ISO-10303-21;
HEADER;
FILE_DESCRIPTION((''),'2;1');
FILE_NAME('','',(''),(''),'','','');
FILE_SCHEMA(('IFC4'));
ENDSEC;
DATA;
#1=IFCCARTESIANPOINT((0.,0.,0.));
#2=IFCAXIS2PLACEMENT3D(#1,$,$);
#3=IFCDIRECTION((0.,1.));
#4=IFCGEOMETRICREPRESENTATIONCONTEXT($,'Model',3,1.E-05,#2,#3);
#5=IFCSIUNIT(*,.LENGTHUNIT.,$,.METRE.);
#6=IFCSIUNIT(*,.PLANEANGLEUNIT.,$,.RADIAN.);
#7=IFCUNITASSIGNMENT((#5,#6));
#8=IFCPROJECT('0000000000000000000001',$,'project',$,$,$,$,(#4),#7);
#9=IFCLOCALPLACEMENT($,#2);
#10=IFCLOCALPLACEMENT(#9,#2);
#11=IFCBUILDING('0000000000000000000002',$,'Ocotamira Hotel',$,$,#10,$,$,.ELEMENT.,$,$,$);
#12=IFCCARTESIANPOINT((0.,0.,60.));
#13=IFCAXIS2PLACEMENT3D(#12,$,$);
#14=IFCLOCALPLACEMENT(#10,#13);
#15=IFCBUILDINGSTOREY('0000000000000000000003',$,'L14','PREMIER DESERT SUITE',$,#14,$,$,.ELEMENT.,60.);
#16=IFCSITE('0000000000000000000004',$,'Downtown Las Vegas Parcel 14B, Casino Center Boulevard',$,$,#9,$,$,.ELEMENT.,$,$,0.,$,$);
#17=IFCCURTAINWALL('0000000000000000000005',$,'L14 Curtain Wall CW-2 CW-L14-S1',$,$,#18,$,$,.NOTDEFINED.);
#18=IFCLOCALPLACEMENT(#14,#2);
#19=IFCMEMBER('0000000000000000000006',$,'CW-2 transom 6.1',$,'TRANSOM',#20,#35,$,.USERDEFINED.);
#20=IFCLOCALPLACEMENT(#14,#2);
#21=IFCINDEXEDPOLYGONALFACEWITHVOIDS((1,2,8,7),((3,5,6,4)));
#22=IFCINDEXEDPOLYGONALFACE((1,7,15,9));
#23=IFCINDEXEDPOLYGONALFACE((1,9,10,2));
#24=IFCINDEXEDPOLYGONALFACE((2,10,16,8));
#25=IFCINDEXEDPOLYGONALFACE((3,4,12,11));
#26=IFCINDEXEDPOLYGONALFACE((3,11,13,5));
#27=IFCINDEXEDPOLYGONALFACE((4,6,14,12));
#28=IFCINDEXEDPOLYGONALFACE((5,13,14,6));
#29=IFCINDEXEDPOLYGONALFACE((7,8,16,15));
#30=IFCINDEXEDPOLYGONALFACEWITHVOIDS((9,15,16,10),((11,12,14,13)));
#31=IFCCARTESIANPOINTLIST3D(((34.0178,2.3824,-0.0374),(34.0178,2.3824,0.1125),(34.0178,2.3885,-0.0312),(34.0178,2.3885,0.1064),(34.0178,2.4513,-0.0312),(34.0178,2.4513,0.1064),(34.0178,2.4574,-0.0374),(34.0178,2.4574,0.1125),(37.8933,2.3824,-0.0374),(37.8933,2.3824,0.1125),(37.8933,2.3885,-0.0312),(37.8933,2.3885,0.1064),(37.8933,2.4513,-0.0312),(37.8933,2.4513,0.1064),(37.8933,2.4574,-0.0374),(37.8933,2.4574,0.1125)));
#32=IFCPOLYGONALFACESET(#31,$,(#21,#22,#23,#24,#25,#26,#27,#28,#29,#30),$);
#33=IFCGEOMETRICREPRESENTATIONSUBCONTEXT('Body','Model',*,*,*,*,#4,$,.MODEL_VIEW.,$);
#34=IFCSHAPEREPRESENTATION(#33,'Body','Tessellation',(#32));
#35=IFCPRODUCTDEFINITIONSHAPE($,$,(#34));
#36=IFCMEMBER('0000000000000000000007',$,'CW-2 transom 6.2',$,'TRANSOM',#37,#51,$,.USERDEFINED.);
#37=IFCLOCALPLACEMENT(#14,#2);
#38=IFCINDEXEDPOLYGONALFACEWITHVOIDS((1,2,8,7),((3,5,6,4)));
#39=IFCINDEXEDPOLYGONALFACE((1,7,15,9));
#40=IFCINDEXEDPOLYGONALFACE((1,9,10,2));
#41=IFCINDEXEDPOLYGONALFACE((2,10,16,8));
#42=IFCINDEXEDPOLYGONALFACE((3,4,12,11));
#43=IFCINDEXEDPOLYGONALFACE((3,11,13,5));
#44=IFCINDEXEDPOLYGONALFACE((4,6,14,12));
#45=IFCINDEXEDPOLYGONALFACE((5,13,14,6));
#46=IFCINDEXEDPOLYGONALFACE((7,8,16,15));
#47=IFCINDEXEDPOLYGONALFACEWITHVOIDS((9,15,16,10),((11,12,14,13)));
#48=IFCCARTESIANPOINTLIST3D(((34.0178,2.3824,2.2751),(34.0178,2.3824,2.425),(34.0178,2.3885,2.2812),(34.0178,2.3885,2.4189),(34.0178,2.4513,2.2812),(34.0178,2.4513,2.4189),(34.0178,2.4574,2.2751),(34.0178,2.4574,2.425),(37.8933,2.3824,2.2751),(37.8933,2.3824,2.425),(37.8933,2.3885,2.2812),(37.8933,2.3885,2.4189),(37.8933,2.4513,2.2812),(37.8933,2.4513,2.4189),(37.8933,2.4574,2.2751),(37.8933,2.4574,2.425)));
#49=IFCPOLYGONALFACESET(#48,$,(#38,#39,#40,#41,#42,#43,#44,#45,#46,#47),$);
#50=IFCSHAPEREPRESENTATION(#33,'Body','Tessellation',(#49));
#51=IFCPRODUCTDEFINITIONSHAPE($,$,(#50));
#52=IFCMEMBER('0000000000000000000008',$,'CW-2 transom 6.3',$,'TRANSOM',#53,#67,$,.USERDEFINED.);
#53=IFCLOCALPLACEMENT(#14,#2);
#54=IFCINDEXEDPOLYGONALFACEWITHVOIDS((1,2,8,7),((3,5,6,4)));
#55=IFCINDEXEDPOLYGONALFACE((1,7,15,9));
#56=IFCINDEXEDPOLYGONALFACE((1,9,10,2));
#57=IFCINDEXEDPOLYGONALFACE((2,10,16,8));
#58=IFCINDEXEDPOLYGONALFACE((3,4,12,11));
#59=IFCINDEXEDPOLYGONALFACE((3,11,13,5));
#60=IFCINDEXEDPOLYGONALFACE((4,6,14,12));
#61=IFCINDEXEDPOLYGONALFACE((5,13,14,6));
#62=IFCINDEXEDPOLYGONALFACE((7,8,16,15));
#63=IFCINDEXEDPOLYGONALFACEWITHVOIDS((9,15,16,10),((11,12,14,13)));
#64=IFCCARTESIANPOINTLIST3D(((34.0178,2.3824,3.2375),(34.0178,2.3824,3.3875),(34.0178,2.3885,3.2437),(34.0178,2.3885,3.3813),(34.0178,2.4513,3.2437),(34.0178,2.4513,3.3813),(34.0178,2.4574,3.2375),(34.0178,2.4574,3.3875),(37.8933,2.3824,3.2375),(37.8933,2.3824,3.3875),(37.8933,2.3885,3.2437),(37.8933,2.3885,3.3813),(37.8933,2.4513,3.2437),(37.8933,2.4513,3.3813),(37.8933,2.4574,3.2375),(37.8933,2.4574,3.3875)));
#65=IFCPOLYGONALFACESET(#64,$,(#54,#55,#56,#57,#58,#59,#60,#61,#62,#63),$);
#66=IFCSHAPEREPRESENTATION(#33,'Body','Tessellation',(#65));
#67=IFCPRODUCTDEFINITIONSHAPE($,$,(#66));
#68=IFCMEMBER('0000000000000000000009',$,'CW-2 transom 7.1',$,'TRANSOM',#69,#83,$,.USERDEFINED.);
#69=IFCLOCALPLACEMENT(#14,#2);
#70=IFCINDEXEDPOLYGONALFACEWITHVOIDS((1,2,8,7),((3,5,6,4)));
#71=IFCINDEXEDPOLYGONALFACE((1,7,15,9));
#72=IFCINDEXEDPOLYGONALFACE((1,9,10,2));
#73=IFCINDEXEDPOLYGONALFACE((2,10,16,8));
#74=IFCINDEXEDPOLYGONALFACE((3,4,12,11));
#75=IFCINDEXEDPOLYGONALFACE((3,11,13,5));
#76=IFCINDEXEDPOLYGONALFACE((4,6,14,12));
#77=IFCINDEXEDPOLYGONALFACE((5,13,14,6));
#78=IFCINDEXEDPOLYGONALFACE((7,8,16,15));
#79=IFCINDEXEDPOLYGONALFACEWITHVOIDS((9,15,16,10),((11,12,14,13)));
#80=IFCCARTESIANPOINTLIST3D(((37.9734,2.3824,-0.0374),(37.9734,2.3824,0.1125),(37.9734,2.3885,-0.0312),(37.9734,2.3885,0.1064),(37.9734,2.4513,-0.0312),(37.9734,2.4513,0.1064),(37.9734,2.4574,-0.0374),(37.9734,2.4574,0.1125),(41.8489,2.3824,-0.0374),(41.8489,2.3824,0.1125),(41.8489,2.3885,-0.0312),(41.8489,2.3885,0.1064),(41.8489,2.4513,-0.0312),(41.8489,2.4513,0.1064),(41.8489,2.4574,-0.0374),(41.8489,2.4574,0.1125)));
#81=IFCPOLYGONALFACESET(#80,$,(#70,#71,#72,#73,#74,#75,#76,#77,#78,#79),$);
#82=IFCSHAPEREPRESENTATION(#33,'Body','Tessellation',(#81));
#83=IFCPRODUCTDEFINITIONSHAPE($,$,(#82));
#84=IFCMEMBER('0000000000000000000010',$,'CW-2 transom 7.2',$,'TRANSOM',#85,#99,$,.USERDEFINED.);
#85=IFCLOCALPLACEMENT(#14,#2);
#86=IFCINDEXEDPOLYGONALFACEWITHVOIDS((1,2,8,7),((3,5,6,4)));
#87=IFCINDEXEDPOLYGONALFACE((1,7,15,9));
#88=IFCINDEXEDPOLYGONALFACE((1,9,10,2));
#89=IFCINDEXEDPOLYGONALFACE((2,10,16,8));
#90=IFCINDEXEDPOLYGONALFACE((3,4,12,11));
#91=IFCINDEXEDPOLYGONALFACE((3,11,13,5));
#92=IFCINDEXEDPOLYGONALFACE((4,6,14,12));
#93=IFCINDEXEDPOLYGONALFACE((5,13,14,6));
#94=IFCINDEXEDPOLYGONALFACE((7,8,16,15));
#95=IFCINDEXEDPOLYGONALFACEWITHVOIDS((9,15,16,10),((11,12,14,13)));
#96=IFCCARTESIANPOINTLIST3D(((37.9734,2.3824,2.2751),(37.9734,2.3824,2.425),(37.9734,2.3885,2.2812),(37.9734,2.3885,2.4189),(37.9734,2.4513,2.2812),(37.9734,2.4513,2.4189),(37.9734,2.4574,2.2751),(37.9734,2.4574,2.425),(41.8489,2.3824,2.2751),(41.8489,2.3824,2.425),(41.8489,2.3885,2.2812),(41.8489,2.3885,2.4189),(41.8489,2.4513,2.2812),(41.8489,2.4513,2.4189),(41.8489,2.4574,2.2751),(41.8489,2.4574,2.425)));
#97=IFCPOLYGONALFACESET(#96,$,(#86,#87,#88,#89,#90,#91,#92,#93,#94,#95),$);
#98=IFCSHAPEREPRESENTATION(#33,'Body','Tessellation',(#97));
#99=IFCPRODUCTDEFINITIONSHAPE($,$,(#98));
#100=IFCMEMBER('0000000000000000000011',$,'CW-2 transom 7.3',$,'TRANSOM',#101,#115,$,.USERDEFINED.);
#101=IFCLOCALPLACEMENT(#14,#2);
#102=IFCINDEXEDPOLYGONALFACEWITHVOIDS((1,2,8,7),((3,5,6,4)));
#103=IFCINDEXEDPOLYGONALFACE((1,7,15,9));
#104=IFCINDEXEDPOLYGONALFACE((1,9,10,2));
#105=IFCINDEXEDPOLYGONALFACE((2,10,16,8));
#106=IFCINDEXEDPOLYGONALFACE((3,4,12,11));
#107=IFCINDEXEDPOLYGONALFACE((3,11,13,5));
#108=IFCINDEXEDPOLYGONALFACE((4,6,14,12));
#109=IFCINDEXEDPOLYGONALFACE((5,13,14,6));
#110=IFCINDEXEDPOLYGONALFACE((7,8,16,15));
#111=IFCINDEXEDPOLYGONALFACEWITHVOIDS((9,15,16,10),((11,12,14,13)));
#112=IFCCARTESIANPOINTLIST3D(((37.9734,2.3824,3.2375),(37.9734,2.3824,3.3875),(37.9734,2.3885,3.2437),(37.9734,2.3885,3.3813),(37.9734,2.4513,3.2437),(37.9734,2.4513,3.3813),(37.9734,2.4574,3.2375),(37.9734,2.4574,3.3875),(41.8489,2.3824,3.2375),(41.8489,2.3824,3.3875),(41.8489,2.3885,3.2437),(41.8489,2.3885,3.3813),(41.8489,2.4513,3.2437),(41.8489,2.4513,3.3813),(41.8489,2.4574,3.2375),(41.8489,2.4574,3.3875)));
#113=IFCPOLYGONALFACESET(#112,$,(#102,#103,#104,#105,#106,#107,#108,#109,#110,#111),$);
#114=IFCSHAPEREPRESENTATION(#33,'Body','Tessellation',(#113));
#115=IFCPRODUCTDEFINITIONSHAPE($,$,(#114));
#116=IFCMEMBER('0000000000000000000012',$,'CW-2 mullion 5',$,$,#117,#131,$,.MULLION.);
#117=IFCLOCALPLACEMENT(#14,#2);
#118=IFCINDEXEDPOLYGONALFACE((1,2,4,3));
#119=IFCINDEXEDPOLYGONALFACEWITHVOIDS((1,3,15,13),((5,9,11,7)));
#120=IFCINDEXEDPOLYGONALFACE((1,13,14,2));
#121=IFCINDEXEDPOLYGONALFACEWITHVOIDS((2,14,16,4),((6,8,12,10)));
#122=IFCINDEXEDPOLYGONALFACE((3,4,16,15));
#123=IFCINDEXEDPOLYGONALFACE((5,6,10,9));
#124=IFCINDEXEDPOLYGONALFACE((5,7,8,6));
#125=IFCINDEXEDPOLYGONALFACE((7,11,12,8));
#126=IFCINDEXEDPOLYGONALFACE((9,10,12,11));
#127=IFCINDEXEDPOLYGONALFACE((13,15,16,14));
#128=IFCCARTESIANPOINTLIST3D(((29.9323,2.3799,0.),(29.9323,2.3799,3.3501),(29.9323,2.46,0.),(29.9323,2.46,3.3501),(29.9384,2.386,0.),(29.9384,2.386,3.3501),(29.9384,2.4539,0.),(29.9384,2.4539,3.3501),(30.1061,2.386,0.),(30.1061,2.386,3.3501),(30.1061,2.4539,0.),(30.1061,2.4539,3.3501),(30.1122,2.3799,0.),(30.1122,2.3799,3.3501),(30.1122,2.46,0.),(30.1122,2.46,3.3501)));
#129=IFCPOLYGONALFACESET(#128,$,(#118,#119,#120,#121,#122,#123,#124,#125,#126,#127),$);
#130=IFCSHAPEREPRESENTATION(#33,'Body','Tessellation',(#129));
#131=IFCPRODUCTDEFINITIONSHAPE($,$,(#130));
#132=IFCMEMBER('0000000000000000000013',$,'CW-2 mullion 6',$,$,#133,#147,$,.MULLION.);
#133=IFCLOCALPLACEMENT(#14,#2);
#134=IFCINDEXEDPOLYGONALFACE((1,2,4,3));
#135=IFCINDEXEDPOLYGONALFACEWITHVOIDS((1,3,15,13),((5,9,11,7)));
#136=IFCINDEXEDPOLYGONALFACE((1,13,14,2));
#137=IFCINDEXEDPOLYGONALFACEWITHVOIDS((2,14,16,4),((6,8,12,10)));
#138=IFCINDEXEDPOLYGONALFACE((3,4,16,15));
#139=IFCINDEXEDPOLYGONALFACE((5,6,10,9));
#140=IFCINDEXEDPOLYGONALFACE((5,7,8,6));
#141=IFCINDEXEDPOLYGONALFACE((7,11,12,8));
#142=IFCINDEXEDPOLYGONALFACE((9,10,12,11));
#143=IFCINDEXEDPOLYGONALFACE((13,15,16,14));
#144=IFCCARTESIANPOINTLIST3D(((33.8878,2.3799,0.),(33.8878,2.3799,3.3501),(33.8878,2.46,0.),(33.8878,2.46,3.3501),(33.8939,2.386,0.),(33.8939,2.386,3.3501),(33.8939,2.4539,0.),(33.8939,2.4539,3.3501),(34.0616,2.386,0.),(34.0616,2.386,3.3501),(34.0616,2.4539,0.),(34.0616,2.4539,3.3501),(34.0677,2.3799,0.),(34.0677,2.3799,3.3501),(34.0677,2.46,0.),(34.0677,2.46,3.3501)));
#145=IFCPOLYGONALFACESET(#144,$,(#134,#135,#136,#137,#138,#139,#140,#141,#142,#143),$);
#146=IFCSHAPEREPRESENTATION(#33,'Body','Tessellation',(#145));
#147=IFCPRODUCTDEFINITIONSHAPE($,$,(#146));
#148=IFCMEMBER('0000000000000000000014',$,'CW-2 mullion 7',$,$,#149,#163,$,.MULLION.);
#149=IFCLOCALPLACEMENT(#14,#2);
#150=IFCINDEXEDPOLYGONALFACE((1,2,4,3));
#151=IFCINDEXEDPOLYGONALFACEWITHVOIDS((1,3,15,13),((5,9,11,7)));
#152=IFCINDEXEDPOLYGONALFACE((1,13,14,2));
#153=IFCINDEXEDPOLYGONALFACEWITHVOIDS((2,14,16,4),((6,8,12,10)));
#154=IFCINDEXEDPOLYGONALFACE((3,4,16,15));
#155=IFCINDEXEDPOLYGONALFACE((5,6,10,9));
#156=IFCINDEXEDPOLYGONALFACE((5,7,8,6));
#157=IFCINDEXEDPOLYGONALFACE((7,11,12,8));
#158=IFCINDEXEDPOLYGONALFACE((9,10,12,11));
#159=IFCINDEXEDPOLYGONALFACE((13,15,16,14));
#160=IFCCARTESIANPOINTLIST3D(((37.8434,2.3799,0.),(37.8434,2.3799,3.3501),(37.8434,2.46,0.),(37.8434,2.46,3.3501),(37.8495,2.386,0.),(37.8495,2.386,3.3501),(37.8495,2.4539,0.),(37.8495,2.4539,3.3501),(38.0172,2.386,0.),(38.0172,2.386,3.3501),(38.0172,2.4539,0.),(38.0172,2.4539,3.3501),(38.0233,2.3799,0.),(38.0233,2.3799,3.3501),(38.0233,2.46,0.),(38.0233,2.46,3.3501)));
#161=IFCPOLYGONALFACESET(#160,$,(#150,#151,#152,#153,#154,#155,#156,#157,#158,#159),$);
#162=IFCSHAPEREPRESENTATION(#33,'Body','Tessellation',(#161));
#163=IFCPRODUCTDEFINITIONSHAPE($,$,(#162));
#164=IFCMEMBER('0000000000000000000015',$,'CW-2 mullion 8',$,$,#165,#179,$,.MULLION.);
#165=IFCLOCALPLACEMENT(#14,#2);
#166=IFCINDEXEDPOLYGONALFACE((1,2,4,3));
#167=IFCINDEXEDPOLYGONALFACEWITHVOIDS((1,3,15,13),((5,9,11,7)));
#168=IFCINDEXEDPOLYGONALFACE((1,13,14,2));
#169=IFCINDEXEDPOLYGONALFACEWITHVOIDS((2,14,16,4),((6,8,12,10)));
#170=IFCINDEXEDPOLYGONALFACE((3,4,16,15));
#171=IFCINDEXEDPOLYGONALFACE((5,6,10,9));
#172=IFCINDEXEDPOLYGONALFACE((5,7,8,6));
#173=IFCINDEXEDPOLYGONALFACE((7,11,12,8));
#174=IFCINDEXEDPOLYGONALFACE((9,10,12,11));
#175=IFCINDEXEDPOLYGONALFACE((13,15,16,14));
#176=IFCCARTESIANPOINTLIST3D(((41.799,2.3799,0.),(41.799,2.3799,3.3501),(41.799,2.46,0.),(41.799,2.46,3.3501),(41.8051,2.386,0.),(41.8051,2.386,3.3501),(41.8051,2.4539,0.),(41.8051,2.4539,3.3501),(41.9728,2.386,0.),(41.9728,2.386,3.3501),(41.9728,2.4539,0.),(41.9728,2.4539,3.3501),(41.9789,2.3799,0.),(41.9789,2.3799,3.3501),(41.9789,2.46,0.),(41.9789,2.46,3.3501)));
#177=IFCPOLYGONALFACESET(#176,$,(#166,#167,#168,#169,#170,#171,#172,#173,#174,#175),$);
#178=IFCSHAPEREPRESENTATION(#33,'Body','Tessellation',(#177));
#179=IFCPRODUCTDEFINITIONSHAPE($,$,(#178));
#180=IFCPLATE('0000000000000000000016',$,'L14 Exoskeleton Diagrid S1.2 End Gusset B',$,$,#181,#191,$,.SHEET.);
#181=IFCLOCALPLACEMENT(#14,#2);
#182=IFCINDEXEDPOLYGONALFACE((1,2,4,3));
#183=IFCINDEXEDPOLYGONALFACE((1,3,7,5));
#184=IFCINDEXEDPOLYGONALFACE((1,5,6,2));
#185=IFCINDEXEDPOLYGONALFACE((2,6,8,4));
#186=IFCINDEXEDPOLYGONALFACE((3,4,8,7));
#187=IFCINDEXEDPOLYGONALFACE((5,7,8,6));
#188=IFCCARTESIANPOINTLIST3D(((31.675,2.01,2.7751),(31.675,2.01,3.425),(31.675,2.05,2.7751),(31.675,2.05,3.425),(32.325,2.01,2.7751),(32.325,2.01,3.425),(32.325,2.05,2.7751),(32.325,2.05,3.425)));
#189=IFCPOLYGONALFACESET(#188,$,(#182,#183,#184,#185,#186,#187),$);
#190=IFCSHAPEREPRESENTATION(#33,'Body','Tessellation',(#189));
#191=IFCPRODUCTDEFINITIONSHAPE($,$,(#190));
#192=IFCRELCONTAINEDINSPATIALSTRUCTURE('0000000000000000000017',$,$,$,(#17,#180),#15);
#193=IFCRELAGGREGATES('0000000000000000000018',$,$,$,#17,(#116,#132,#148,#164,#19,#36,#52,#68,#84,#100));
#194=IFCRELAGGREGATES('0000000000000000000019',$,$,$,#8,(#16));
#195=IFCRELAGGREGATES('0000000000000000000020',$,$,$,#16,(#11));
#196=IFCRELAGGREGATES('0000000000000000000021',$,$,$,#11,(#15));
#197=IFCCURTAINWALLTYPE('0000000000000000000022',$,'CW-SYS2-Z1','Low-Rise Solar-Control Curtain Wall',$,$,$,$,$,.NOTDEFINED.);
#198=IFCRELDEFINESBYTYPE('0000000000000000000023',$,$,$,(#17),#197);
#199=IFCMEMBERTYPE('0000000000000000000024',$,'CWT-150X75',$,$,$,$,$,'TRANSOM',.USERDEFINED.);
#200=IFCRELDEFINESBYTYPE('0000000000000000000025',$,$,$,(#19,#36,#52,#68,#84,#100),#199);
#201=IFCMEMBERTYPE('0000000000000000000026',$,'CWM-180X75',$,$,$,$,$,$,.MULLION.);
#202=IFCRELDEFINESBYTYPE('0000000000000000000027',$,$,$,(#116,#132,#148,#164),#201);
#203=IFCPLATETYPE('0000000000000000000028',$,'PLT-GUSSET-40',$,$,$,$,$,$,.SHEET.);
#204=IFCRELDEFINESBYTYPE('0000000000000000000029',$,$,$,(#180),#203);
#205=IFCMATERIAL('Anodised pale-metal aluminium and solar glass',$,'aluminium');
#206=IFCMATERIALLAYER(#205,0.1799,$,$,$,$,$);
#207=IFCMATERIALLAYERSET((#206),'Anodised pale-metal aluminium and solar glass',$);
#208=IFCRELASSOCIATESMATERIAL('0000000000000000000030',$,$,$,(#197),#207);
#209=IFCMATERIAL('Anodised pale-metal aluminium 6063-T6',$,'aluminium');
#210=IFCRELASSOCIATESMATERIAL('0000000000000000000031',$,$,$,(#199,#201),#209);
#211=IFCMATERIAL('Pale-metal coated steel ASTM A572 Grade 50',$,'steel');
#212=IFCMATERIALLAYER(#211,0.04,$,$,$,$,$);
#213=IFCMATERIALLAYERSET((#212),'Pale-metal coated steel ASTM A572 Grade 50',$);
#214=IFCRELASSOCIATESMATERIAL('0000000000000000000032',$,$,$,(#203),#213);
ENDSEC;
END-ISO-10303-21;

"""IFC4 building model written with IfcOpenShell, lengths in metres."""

from ifc_helpers import new_model, si_unit, direction, frame, origin, origin_2d, place, context, subcontext, project, spatial, rectangle, hollow_rectangle, extrude, source, transform, mapped, material, layer, layer_set, material_profile, profile_set, type_object, element, aggregate, save


model = new_model("IFC4")

# Units and contexts
model_context = context("Model", 3, precision=1e-05, world=origin(), true_north=direction((0.0, 1.0)))
body_context = subcontext(model_context, "Body", "Model", "MODEL_VIEW")
ifc_project = project(units=[si_unit("LENGTHUNIT", "METRE"), si_unit("PLANEANGLEUNIT", "RADIAN")], contexts=[model_context])

# Site, building, storey
site_placement = place(None, origin())
site = spatial("IfcSite", under=ifc_project, at=site_placement, Name="Downtown Las Vegas Parcel 14B, Casino Center Boulevard", CompositionType="ELEMENT", RefElevation=0.0)
building_placement = place(site_placement, origin())
building = spatial("IfcBuilding", under=site, at=building_placement, Name="Ocotamira Hotel", CompositionType="ELEMENT")
storey_placement = place(building_placement, frame((0.0, 0.0, 60.0)))
storey = spatial("IfcBuildingStorey", under=building, at=storey_placement, Name="L14", Description="PREMIER DESERT SUITE", CompositionType="ELEMENT", Elevation=60.0)

# Curtain wall, members
ifc_material_1 = material(Name="Anodised pale-metal aluminium and solar glass", Category="aluminium")
ifc_layer_1 = layer(ifc_material_1, 0.1799)
ifc_layer_set_1 = layer_set([ifc_layer_1], Name="Anodised pale-metal aluminium and solar glass")
curtain_wall_type = type_object("IfcCurtainWallType", Name="CW-SYS2-Z1", Description="Low-Rise Solar-Control Curtain Wall", PredefinedType="NOTDEFINED", material=ifc_layer_set_1)
curtain_wall_placement = place(storey_placement, origin())
curtain_wall = element("IfcCurtainWall", 1, at=curtain_wall_placement, inside=storey, type_object=curtain_wall_type, Name="L14 Curtain Wall CW-2 CW-L14-S1", PredefinedType="NOTDEFINED")
ifc_material_2 = material(Name="Anodised pale-metal aluminium 6063-T6", Category="aluminium")
ifc_material_profile_1 = material_profile(ifc_material_2, hollow_rectangle(XDim=0.075, YDim=0.1499, WallThickness=0.0061, at=origin_2d()), Name="HSS150X75X6")
ifc_profile_set_1 = profile_set([ifc_material_profile_1], Name="Anodised pale-metal aluminium 6063-T6")
member_type_1 = type_object("IfcMemberType", Name="CWT-150X75", ElementType="TRANSOM", PredefinedType="USERDEFINED", material=ifc_profile_set_1)
shared_shape_1 = source(origin(), body_context, "Body", "SweptSolid", [
    extrude(hollow_rectangle(XDim=0.075, YDim=0.1499, WallThickness=0.0061, at=origin_2d()), origin(), (0.0, 0.0, 1.0), 3.8755),
])
member_1_placement = place(storey_placement, frame((34.0178, 2.4199, 0.0376), z_axis=(1.0, 0.0, 0.0), x_axis=(0.0, 1.0, 0.0)))
member_1 = element("IfcMember", 2, at=member_1_placement, type_object=member_type_1, Name="CW-2 transom 6.1", ObjectType="TRANSOM", PredefinedType="USERDEFINED", context=body_context, shape_type="MappedRepresentation", body=[
    mapped(shared_shape_1, transform((0.0, 0.0, 0.0), scale=1.0)),
])
member_2_placement = place(storey_placement, frame((34.0178, 2.4199, 2.3501), z_axis=(1.0, 0.0, 0.0), x_axis=(0.0, 1.0, 0.0)))
member_2 = element("IfcMember", 3, at=member_2_placement, type_object=member_type_1, Name="CW-2 transom 6.2", ObjectType="TRANSOM", PredefinedType="USERDEFINED", context=body_context, shape_type="MappedRepresentation", body=[
    mapped(shared_shape_1, transform((0.0, 0.0, 0.0), scale=1.0)),
])
member_3_placement = place(storey_placement, frame((34.0178, 2.4199, 3.3125), z_axis=(1.0, 0.0, 0.0), x_axis=(0.0, 1.0, 0.0)))
member_3 = element("IfcMember", 4, at=member_3_placement, type_object=member_type_1, Name="CW-2 transom 6.3", ObjectType="TRANSOM", PredefinedType="USERDEFINED", context=body_context, shape_type="MappedRepresentation", body=[
    mapped(shared_shape_1, transform((0.0, 0.0, 0.0), scale=1.0)),
])
member_4_placement = place(storey_placement, frame((37.9734, 2.4199, 0.0376), z_axis=(1.0, 0.0, 0.0), x_axis=(0.0, 1.0, 0.0)))
member_4 = element("IfcMember", 5, at=member_4_placement, type_object=member_type_1, Name="CW-2 transom 7.1", ObjectType="TRANSOM", PredefinedType="USERDEFINED", context=body_context, shape_type="MappedRepresentation", body=[
    mapped(shared_shape_1, transform((0.0, 0.0, 0.0), scale=1.0)),
])
member_5_placement = place(storey_placement, frame((37.9734, 2.4199, 2.3501), z_axis=(1.0, 0.0, 0.0), x_axis=(0.0, 1.0, 0.0)))
member_5 = element("IfcMember", 6, at=member_5_placement, type_object=member_type_1, Name="CW-2 transom 7.2", ObjectType="TRANSOM", PredefinedType="USERDEFINED", context=body_context, shape_type="MappedRepresentation", body=[
    mapped(shared_shape_1, transform((0.0, 0.0, 0.0), scale=1.0)),
])
member_6_placement = place(storey_placement, frame((37.9734, 2.4199, 3.3125), z_axis=(1.0, 0.0, 0.0), x_axis=(0.0, 1.0, 0.0)))
member_6 = element("IfcMember", 7, at=member_6_placement, type_object=member_type_1, Name="CW-2 transom 7.3", ObjectType="TRANSOM", PredefinedType="USERDEFINED", context=body_context, shape_type="MappedRepresentation", body=[
    mapped(shared_shape_1, transform((0.0, 0.0, 0.0), scale=1.0)),
])
ifc_material_profile_2 = material_profile(ifc_material_2, hollow_rectangle(XDim=0.0801, YDim=0.1799, WallThickness=0.0061, at=origin_2d()), Name="HSS180X80X6")
ifc_profile_set_2 = profile_set([ifc_material_profile_2], Name="Anodised pale-metal aluminium 6063-T6")
member_type_2 = type_object("IfcMemberType", Name="CWM-180X75", PredefinedType="MULLION", material=ifc_profile_set_2)
shared_shape_2 = source(origin(), body_context, "Body", "SweptSolid", [
    extrude(hollow_rectangle(XDim=0.0801, YDim=0.1799, WallThickness=0.0061, at=origin_2d()), origin(), (0.0, 0.0, 1.0), 3.3501),
])
member_7_placement = place(storey_placement, frame((30.0222, 2.4199, 0.0), z_axis=(0.0, 0.0, 1.0), x_axis=(0.0, 1.0, 0.0)))
member_7 = element("IfcMember", 8, at=member_7_placement, type_object=member_type_2, Name="CW-2 mullion 5", PredefinedType="MULLION", context=body_context, shape_type="MappedRepresentation", body=[
    mapped(shared_shape_2, transform((0.0, 0.0, 0.0), scale=1.0)),
])
member_8_placement = place(storey_placement, frame((33.9778, 2.4199, 0.0), z_axis=(0.0, 0.0, 1.0), x_axis=(0.0, 1.0, 0.0)))
member_8 = element("IfcMember", 9, at=member_8_placement, type_object=member_type_2, Name="CW-2 mullion 6", PredefinedType="MULLION", context=body_context, shape_type="MappedRepresentation", body=[
    mapped(shared_shape_2, transform((0.0, 0.0, 0.0), scale=1.0)),
])
member_9_placement = place(storey_placement, frame((37.9333, 2.4199, 0.0), z_axis=(0.0, 0.0, 1.0), x_axis=(0.0, 1.0, 0.0)))
member_9 = element("IfcMember", 10, at=member_9_placement, type_object=member_type_2, Name="CW-2 mullion 7", PredefinedType="MULLION", context=body_context, shape_type="MappedRepresentation", body=[
    mapped(shared_shape_2, transform((0.0, 0.0, 0.0), scale=1.0)),
])
member_10_placement = place(storey_placement, frame((41.8889, 2.4199, 0.0), z_axis=(0.0, 0.0, 1.0), x_axis=(0.0, 1.0, 0.0)))
member_10 = element("IfcMember", 11, at=member_10_placement, type_object=member_type_2, Name="CW-2 mullion 8", PredefinedType="MULLION", context=body_context, shape_type="MappedRepresentation", body=[
    mapped(shared_shape_2, transform((0.0, 0.0, 0.0), scale=1.0)),
])

# Plate
ifc_material_3 = material(Name="Pale-metal coated steel ASTM A572 Grade 50", Category="steel")
ifc_layer_2 = layer(ifc_material_3, 0.04)
ifc_layer_set_2 = layer_set([ifc_layer_2], Name="Pale-metal coated steel ASTM A572 Grade 50")
plate_type_1 = type_object("IfcPlateType", Name="PLT-GUSSET-40", PredefinedType="SHEET", material=ifc_layer_set_2)
shared_shape_3 = source(origin(), body_context, "Body", "SweptSolid", [
    extrude(rectangle(XDim=0.6499, YDim=0.04, at=origin_2d()), origin(), (0.0, 0.0, 1.0), 0.6499),
])
for number, where, z_axis, x_axis, name in (
    (12, (32.0, 2.03, 2.7751), (0.0, 0.0, 1.0), (1.0, 0.0, 0.0), "L14 Exoskeleton Diagrid S1.2 End Gusset B"),
):
    element("IfcPlate", number, at=place(storey_placement, frame(where, z_axis=z_axis, x_axis=x_axis)), inside=storey, type_object=plate_type_1, Name=name, PredefinedType="SHEET", context=body_context, shape_type="MappedRepresentation", body=[
        mapped(shared_shape_3, transform((0.0, 0.0, 0.0), scale=1.0)),
    ])

aggregate(curtain_wall, [member_7, member_8, member_9, member_10, member_1, member_2, member_3, member_4, member_5, member_6])

save(model, "model.ifc")
